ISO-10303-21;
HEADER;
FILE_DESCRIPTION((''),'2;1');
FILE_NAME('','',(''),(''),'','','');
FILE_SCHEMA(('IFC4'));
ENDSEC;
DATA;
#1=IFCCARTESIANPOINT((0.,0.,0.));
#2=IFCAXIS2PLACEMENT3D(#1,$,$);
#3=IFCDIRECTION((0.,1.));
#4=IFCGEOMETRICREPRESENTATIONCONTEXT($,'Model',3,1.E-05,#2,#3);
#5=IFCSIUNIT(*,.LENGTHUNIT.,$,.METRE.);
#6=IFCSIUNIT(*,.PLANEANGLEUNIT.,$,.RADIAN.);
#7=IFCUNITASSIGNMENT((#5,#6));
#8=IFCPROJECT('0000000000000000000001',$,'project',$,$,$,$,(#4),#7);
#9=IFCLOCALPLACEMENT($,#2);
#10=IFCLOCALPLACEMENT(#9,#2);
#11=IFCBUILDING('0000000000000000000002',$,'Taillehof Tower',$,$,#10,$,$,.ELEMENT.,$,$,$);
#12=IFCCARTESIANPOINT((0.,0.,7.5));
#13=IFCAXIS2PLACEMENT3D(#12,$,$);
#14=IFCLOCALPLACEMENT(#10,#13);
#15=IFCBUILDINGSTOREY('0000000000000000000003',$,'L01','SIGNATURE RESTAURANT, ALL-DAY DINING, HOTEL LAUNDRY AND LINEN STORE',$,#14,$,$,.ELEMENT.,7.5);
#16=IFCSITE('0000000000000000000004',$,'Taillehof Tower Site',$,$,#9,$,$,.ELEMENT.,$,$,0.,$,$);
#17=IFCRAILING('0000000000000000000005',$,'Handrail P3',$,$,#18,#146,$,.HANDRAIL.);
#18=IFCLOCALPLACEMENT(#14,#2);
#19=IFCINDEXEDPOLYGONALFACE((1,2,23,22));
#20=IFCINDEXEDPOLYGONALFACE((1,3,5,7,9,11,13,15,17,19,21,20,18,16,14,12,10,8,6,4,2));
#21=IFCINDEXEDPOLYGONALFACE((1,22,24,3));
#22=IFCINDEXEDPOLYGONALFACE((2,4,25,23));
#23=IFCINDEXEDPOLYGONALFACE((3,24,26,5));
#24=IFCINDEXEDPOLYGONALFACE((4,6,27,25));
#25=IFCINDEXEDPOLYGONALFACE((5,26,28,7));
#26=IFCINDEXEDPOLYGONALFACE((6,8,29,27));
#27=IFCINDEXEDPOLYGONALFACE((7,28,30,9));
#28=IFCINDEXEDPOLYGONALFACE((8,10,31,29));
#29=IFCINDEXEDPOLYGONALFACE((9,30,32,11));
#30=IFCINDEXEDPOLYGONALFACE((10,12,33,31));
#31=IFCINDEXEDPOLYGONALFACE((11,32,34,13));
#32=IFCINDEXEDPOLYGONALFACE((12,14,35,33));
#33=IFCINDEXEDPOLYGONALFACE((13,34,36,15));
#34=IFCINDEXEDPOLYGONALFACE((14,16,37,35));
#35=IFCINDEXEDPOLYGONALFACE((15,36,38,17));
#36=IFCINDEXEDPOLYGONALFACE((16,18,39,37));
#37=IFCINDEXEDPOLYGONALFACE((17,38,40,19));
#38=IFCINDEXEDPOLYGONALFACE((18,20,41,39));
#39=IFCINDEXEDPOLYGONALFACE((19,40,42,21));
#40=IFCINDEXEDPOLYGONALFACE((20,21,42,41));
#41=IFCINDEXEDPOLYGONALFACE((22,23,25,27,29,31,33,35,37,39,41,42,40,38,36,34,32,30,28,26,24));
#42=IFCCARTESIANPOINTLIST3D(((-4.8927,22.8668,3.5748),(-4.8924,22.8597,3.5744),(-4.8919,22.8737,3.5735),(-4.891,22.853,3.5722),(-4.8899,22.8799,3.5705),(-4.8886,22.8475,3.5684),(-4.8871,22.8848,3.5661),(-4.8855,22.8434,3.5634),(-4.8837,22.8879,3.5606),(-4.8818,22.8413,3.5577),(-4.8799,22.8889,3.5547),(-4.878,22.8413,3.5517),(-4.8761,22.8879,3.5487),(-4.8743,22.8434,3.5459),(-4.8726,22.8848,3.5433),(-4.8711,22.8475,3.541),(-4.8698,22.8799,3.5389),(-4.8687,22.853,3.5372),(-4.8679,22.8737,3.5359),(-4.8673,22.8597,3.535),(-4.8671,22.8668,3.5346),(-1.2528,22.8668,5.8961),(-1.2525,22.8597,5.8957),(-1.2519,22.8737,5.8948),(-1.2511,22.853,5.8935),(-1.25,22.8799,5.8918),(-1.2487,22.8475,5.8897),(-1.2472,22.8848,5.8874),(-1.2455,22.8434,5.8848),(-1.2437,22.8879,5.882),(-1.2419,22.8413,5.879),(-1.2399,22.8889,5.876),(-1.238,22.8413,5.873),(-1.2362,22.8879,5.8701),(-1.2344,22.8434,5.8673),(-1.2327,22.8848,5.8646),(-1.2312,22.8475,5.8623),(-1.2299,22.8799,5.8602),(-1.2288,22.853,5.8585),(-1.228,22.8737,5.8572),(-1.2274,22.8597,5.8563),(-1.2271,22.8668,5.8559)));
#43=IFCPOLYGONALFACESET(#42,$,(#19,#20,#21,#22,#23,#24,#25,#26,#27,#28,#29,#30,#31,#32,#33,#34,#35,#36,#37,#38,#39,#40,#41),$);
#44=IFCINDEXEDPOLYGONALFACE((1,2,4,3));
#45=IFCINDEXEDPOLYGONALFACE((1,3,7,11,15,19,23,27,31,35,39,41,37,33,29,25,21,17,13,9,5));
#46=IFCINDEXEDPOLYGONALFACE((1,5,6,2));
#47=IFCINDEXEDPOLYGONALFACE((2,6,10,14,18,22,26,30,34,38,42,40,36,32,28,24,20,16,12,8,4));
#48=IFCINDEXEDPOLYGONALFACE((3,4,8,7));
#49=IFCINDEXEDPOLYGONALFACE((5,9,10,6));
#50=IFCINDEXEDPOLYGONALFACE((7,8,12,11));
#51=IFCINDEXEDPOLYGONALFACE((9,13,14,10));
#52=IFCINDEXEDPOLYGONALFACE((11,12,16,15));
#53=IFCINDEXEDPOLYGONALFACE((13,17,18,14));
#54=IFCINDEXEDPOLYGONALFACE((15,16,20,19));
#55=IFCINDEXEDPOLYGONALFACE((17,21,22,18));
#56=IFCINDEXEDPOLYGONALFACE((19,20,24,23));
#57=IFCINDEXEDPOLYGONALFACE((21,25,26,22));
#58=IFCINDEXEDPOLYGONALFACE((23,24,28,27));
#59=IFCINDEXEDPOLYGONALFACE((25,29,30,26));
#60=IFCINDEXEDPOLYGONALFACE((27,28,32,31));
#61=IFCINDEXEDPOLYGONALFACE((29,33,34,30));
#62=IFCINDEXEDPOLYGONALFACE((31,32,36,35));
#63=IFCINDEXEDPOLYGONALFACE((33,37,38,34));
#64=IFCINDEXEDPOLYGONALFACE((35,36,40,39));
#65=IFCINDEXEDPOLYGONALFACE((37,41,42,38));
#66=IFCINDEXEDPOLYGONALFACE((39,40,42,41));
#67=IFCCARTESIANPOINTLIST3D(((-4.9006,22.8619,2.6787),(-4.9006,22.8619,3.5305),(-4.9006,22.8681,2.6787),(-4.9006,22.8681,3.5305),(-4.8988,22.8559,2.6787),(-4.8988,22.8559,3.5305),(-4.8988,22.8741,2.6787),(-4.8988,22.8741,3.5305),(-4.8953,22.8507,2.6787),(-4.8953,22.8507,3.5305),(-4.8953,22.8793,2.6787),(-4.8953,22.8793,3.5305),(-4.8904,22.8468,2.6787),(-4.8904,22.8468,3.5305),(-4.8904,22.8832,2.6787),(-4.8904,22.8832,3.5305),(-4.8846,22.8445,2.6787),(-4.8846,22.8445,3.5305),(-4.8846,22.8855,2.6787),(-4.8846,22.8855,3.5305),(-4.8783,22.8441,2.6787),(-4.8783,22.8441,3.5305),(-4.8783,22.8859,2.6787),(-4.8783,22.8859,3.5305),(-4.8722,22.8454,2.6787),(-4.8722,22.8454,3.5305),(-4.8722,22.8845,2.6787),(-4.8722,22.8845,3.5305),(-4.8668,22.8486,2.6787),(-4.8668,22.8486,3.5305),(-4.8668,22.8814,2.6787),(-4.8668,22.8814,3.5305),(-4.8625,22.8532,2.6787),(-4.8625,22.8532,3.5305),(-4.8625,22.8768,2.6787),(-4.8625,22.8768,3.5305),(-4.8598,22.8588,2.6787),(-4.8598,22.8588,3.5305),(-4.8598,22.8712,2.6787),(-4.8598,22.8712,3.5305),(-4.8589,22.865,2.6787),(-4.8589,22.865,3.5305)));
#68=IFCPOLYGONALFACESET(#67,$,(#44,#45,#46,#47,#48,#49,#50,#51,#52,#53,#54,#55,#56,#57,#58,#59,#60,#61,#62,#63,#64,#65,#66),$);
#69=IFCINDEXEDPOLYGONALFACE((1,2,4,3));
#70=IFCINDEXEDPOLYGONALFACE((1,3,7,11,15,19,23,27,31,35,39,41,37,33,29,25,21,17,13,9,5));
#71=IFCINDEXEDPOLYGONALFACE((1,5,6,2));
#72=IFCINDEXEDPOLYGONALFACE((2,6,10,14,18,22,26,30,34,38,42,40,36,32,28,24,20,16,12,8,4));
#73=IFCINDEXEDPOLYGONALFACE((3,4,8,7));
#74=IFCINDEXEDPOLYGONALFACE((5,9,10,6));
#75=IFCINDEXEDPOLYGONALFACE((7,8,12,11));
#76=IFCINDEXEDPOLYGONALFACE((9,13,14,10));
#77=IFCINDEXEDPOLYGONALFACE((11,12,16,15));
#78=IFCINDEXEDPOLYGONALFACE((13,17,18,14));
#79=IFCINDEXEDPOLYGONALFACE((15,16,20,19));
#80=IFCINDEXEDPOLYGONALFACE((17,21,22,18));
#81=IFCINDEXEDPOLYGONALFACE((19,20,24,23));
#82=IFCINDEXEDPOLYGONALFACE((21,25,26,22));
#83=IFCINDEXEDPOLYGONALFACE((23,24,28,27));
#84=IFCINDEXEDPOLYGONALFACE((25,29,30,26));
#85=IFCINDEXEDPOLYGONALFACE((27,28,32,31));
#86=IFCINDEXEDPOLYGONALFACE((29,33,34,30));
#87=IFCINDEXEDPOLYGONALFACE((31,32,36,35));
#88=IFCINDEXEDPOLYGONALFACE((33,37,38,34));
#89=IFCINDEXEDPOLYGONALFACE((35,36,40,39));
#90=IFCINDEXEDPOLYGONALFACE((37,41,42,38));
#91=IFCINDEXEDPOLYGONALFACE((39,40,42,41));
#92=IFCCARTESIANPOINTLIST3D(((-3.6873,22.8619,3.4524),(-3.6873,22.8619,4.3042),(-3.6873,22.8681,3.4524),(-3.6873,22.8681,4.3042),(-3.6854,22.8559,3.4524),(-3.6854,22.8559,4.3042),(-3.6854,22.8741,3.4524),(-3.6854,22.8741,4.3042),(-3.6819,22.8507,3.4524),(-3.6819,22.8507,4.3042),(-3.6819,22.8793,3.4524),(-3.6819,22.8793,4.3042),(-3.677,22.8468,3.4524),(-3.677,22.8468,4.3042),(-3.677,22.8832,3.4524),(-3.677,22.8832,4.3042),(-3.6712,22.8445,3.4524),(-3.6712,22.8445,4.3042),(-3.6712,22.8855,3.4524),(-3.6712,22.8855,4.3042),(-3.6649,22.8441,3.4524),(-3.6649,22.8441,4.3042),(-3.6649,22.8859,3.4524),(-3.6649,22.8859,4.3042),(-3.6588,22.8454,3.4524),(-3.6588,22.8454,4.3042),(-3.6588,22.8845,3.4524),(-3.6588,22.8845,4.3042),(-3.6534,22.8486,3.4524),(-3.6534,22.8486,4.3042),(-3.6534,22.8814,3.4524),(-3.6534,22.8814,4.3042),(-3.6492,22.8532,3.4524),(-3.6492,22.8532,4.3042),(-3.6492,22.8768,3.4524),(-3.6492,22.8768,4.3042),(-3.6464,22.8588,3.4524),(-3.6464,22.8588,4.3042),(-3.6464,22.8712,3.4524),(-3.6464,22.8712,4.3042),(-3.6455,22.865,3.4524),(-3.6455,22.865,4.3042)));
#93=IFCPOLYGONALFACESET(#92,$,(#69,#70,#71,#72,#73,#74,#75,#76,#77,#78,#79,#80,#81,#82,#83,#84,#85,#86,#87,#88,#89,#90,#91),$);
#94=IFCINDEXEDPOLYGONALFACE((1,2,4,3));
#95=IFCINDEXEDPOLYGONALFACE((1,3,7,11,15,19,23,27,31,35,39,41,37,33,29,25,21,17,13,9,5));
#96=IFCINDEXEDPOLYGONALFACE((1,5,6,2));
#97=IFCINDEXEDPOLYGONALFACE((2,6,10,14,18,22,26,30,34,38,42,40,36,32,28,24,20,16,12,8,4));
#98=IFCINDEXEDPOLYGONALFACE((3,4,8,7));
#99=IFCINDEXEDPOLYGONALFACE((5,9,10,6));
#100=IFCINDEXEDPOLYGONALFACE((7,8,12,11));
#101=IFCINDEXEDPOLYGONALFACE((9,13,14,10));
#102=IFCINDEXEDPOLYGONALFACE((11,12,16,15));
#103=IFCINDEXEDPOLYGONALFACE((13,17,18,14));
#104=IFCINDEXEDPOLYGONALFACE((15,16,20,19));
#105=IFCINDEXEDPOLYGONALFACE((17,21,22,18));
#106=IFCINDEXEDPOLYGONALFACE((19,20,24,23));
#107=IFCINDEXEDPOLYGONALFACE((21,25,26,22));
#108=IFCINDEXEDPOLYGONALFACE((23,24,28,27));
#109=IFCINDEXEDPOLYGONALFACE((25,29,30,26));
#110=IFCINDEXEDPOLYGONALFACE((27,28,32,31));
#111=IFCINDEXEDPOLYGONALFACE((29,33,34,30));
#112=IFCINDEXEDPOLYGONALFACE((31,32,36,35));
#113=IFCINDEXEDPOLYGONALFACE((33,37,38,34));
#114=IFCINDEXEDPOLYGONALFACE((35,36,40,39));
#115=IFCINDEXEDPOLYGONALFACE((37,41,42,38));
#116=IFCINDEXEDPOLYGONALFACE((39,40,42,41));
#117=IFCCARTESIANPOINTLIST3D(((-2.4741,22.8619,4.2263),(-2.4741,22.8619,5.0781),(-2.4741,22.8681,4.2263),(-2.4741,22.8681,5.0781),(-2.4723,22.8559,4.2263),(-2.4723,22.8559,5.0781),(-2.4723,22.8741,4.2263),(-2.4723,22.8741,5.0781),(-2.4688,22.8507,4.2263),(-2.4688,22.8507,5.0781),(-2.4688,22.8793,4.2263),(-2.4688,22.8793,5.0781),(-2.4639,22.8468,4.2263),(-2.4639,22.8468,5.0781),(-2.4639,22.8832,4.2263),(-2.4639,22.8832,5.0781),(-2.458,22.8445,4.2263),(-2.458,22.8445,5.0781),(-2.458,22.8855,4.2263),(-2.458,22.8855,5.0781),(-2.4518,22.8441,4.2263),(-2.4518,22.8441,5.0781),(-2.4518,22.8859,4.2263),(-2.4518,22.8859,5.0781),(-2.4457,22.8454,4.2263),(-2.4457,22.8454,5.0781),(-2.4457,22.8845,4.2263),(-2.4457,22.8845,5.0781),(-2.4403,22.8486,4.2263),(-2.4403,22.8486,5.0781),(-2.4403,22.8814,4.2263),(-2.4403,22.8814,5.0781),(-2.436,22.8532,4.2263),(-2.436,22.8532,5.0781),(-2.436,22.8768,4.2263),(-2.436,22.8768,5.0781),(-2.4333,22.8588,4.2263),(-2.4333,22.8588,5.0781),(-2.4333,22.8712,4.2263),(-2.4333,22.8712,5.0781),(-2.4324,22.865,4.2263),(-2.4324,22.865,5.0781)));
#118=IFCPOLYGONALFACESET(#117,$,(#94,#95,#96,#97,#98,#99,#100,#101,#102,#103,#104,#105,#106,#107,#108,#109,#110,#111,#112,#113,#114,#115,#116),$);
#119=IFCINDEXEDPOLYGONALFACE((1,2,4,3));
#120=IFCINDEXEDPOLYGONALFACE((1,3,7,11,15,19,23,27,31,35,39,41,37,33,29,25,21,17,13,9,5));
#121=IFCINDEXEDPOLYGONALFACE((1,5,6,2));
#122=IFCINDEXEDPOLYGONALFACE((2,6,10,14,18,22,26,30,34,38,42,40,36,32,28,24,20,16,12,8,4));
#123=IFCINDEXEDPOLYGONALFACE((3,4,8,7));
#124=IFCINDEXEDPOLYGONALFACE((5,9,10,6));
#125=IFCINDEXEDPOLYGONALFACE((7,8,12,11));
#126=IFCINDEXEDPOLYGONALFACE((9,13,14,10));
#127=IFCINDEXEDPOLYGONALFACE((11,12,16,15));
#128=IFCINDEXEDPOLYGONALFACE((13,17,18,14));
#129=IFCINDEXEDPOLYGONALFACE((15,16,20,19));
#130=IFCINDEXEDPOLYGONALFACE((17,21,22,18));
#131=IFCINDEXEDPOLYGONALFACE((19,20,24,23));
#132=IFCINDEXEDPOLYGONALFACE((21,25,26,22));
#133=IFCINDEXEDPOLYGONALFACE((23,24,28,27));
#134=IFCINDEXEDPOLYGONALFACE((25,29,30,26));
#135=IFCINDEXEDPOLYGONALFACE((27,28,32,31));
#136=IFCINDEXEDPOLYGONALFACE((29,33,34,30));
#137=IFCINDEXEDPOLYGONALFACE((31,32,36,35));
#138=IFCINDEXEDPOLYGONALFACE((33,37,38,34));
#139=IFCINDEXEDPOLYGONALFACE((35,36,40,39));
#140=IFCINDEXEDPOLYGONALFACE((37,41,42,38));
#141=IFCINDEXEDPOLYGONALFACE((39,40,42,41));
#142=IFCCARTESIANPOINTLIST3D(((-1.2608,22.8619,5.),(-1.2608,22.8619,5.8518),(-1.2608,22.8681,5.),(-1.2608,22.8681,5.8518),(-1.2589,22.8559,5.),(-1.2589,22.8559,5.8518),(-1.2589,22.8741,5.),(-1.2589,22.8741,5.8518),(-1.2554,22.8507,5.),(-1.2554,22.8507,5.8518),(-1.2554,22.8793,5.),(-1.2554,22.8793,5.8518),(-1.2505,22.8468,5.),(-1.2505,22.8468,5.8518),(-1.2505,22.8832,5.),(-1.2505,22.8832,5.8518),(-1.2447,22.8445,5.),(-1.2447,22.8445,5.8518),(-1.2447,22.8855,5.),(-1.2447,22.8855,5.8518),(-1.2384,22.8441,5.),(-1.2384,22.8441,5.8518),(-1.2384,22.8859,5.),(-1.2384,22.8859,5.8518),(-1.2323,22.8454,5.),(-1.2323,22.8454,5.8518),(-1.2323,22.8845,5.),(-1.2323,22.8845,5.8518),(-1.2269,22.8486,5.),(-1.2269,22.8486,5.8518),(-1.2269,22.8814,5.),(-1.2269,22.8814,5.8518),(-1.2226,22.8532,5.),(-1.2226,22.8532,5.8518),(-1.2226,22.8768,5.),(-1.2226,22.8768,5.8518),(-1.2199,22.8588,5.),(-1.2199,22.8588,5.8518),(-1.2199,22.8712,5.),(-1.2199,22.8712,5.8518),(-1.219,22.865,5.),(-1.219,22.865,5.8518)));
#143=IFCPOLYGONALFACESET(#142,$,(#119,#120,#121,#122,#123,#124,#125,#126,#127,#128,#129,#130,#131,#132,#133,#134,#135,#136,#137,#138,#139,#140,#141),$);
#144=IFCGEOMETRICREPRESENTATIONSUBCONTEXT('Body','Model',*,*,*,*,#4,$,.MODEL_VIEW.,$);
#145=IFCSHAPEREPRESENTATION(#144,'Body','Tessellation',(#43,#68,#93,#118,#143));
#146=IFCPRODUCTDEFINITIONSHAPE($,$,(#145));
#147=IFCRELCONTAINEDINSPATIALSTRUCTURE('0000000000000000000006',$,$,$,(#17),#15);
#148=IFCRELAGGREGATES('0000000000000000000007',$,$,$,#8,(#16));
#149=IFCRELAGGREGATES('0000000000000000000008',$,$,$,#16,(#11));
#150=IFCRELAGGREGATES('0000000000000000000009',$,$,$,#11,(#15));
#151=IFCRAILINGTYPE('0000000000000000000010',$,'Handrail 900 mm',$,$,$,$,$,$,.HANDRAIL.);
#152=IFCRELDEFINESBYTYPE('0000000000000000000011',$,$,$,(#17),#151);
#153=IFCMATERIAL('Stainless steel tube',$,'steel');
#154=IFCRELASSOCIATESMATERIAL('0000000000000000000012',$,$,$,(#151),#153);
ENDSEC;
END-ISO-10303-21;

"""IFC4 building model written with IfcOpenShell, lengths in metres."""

from ifc_helpers import new_model, si_unit, direction, frame, origin, origin_2d, place, context, subcontext, project, spatial, circle, extrude, material, type_object, element, save


model = new_model("IFC4")

# Units and contexts
model_context = context("Model", 3, precision=1e-05, world=origin(), true_north=direction((0.0, 1.0)))
body_context = subcontext(model_context, "Body", "Model", "MODEL_VIEW")
ifc_project = project(units=[si_unit("LENGTHUNIT", "METRE"), si_unit("PLANEANGLEUNIT", "RADIAN")], contexts=[model_context])

# Site, building, storey
site_placement = place(None, origin())
site = spatial("IfcSite", under=ifc_project, at=site_placement, Name="Taillehof Tower Site", CompositionType="ELEMENT", RefElevation=0.0)
building_placement = place(site_placement, origin())
building = spatial("IfcBuilding", under=site, at=building_placement, Name="Taillehof Tower", CompositionType="ELEMENT")
storey_placement = place(building_placement, frame((0.0, 0.0, 7.5)))
storey = spatial("IfcBuildingStorey", under=building, at=storey_placement, Name="L01", Description="SIGNATURE RESTAURANT, ALL-DAY DINING, HOTEL LAUNDRY AND LINEN STORE", CompositionType="ELEMENT", Elevation=7.5)

# Railing
ifc_material_1 = material(Name="Stainless steel tube", Category="steel")
railing_type = type_object("IfcRailingType", Name="Handrail 900 mm", PredefinedType="HANDRAIL", material=ifc_material_1)
railing_placement = place(storey_placement, frame((-4.8799, 22.865, 2.6787)))
element("IfcRailing", 1, at=railing_placement, inside=storey, type_object=railing_type, Name="Handrail P3", PredefinedType="HANDRAIL", context=body_context, shape_type="SweptSolid", body=[
    extrude(circle(Radius=0.0239, at=origin_2d()), frame((0.0, 0.0, 0.876), z_axis=(0.843137, 0.0, 0.537699), x_axis=(0.0, 1.0, 0.0)), (0.0, 0.0, 1.0), 4.3171),
    extrude(circle(Radius=0.021, at=origin_2d()), origin(), (0.0, 0.0, 1.0), 0.8518),
    extrude(circle(Radius=0.021, at=origin_2d()), frame((1.2134, 0.0, 0.7737)), (0.0, 0.0, 1.0), 0.8518),
    extrude(circle(Radius=0.021, at=origin_2d()), frame((2.4265, 0.0, 1.5476)), (0.0, 0.0, 1.0), 0.8518),
    extrude(circle(Radius=0.021, at=origin_2d()), frame((3.6399, 0.0, 2.3213)), (0.0, 0.0, 1.0), 0.8518),
])

save(model, "model.ifc")
